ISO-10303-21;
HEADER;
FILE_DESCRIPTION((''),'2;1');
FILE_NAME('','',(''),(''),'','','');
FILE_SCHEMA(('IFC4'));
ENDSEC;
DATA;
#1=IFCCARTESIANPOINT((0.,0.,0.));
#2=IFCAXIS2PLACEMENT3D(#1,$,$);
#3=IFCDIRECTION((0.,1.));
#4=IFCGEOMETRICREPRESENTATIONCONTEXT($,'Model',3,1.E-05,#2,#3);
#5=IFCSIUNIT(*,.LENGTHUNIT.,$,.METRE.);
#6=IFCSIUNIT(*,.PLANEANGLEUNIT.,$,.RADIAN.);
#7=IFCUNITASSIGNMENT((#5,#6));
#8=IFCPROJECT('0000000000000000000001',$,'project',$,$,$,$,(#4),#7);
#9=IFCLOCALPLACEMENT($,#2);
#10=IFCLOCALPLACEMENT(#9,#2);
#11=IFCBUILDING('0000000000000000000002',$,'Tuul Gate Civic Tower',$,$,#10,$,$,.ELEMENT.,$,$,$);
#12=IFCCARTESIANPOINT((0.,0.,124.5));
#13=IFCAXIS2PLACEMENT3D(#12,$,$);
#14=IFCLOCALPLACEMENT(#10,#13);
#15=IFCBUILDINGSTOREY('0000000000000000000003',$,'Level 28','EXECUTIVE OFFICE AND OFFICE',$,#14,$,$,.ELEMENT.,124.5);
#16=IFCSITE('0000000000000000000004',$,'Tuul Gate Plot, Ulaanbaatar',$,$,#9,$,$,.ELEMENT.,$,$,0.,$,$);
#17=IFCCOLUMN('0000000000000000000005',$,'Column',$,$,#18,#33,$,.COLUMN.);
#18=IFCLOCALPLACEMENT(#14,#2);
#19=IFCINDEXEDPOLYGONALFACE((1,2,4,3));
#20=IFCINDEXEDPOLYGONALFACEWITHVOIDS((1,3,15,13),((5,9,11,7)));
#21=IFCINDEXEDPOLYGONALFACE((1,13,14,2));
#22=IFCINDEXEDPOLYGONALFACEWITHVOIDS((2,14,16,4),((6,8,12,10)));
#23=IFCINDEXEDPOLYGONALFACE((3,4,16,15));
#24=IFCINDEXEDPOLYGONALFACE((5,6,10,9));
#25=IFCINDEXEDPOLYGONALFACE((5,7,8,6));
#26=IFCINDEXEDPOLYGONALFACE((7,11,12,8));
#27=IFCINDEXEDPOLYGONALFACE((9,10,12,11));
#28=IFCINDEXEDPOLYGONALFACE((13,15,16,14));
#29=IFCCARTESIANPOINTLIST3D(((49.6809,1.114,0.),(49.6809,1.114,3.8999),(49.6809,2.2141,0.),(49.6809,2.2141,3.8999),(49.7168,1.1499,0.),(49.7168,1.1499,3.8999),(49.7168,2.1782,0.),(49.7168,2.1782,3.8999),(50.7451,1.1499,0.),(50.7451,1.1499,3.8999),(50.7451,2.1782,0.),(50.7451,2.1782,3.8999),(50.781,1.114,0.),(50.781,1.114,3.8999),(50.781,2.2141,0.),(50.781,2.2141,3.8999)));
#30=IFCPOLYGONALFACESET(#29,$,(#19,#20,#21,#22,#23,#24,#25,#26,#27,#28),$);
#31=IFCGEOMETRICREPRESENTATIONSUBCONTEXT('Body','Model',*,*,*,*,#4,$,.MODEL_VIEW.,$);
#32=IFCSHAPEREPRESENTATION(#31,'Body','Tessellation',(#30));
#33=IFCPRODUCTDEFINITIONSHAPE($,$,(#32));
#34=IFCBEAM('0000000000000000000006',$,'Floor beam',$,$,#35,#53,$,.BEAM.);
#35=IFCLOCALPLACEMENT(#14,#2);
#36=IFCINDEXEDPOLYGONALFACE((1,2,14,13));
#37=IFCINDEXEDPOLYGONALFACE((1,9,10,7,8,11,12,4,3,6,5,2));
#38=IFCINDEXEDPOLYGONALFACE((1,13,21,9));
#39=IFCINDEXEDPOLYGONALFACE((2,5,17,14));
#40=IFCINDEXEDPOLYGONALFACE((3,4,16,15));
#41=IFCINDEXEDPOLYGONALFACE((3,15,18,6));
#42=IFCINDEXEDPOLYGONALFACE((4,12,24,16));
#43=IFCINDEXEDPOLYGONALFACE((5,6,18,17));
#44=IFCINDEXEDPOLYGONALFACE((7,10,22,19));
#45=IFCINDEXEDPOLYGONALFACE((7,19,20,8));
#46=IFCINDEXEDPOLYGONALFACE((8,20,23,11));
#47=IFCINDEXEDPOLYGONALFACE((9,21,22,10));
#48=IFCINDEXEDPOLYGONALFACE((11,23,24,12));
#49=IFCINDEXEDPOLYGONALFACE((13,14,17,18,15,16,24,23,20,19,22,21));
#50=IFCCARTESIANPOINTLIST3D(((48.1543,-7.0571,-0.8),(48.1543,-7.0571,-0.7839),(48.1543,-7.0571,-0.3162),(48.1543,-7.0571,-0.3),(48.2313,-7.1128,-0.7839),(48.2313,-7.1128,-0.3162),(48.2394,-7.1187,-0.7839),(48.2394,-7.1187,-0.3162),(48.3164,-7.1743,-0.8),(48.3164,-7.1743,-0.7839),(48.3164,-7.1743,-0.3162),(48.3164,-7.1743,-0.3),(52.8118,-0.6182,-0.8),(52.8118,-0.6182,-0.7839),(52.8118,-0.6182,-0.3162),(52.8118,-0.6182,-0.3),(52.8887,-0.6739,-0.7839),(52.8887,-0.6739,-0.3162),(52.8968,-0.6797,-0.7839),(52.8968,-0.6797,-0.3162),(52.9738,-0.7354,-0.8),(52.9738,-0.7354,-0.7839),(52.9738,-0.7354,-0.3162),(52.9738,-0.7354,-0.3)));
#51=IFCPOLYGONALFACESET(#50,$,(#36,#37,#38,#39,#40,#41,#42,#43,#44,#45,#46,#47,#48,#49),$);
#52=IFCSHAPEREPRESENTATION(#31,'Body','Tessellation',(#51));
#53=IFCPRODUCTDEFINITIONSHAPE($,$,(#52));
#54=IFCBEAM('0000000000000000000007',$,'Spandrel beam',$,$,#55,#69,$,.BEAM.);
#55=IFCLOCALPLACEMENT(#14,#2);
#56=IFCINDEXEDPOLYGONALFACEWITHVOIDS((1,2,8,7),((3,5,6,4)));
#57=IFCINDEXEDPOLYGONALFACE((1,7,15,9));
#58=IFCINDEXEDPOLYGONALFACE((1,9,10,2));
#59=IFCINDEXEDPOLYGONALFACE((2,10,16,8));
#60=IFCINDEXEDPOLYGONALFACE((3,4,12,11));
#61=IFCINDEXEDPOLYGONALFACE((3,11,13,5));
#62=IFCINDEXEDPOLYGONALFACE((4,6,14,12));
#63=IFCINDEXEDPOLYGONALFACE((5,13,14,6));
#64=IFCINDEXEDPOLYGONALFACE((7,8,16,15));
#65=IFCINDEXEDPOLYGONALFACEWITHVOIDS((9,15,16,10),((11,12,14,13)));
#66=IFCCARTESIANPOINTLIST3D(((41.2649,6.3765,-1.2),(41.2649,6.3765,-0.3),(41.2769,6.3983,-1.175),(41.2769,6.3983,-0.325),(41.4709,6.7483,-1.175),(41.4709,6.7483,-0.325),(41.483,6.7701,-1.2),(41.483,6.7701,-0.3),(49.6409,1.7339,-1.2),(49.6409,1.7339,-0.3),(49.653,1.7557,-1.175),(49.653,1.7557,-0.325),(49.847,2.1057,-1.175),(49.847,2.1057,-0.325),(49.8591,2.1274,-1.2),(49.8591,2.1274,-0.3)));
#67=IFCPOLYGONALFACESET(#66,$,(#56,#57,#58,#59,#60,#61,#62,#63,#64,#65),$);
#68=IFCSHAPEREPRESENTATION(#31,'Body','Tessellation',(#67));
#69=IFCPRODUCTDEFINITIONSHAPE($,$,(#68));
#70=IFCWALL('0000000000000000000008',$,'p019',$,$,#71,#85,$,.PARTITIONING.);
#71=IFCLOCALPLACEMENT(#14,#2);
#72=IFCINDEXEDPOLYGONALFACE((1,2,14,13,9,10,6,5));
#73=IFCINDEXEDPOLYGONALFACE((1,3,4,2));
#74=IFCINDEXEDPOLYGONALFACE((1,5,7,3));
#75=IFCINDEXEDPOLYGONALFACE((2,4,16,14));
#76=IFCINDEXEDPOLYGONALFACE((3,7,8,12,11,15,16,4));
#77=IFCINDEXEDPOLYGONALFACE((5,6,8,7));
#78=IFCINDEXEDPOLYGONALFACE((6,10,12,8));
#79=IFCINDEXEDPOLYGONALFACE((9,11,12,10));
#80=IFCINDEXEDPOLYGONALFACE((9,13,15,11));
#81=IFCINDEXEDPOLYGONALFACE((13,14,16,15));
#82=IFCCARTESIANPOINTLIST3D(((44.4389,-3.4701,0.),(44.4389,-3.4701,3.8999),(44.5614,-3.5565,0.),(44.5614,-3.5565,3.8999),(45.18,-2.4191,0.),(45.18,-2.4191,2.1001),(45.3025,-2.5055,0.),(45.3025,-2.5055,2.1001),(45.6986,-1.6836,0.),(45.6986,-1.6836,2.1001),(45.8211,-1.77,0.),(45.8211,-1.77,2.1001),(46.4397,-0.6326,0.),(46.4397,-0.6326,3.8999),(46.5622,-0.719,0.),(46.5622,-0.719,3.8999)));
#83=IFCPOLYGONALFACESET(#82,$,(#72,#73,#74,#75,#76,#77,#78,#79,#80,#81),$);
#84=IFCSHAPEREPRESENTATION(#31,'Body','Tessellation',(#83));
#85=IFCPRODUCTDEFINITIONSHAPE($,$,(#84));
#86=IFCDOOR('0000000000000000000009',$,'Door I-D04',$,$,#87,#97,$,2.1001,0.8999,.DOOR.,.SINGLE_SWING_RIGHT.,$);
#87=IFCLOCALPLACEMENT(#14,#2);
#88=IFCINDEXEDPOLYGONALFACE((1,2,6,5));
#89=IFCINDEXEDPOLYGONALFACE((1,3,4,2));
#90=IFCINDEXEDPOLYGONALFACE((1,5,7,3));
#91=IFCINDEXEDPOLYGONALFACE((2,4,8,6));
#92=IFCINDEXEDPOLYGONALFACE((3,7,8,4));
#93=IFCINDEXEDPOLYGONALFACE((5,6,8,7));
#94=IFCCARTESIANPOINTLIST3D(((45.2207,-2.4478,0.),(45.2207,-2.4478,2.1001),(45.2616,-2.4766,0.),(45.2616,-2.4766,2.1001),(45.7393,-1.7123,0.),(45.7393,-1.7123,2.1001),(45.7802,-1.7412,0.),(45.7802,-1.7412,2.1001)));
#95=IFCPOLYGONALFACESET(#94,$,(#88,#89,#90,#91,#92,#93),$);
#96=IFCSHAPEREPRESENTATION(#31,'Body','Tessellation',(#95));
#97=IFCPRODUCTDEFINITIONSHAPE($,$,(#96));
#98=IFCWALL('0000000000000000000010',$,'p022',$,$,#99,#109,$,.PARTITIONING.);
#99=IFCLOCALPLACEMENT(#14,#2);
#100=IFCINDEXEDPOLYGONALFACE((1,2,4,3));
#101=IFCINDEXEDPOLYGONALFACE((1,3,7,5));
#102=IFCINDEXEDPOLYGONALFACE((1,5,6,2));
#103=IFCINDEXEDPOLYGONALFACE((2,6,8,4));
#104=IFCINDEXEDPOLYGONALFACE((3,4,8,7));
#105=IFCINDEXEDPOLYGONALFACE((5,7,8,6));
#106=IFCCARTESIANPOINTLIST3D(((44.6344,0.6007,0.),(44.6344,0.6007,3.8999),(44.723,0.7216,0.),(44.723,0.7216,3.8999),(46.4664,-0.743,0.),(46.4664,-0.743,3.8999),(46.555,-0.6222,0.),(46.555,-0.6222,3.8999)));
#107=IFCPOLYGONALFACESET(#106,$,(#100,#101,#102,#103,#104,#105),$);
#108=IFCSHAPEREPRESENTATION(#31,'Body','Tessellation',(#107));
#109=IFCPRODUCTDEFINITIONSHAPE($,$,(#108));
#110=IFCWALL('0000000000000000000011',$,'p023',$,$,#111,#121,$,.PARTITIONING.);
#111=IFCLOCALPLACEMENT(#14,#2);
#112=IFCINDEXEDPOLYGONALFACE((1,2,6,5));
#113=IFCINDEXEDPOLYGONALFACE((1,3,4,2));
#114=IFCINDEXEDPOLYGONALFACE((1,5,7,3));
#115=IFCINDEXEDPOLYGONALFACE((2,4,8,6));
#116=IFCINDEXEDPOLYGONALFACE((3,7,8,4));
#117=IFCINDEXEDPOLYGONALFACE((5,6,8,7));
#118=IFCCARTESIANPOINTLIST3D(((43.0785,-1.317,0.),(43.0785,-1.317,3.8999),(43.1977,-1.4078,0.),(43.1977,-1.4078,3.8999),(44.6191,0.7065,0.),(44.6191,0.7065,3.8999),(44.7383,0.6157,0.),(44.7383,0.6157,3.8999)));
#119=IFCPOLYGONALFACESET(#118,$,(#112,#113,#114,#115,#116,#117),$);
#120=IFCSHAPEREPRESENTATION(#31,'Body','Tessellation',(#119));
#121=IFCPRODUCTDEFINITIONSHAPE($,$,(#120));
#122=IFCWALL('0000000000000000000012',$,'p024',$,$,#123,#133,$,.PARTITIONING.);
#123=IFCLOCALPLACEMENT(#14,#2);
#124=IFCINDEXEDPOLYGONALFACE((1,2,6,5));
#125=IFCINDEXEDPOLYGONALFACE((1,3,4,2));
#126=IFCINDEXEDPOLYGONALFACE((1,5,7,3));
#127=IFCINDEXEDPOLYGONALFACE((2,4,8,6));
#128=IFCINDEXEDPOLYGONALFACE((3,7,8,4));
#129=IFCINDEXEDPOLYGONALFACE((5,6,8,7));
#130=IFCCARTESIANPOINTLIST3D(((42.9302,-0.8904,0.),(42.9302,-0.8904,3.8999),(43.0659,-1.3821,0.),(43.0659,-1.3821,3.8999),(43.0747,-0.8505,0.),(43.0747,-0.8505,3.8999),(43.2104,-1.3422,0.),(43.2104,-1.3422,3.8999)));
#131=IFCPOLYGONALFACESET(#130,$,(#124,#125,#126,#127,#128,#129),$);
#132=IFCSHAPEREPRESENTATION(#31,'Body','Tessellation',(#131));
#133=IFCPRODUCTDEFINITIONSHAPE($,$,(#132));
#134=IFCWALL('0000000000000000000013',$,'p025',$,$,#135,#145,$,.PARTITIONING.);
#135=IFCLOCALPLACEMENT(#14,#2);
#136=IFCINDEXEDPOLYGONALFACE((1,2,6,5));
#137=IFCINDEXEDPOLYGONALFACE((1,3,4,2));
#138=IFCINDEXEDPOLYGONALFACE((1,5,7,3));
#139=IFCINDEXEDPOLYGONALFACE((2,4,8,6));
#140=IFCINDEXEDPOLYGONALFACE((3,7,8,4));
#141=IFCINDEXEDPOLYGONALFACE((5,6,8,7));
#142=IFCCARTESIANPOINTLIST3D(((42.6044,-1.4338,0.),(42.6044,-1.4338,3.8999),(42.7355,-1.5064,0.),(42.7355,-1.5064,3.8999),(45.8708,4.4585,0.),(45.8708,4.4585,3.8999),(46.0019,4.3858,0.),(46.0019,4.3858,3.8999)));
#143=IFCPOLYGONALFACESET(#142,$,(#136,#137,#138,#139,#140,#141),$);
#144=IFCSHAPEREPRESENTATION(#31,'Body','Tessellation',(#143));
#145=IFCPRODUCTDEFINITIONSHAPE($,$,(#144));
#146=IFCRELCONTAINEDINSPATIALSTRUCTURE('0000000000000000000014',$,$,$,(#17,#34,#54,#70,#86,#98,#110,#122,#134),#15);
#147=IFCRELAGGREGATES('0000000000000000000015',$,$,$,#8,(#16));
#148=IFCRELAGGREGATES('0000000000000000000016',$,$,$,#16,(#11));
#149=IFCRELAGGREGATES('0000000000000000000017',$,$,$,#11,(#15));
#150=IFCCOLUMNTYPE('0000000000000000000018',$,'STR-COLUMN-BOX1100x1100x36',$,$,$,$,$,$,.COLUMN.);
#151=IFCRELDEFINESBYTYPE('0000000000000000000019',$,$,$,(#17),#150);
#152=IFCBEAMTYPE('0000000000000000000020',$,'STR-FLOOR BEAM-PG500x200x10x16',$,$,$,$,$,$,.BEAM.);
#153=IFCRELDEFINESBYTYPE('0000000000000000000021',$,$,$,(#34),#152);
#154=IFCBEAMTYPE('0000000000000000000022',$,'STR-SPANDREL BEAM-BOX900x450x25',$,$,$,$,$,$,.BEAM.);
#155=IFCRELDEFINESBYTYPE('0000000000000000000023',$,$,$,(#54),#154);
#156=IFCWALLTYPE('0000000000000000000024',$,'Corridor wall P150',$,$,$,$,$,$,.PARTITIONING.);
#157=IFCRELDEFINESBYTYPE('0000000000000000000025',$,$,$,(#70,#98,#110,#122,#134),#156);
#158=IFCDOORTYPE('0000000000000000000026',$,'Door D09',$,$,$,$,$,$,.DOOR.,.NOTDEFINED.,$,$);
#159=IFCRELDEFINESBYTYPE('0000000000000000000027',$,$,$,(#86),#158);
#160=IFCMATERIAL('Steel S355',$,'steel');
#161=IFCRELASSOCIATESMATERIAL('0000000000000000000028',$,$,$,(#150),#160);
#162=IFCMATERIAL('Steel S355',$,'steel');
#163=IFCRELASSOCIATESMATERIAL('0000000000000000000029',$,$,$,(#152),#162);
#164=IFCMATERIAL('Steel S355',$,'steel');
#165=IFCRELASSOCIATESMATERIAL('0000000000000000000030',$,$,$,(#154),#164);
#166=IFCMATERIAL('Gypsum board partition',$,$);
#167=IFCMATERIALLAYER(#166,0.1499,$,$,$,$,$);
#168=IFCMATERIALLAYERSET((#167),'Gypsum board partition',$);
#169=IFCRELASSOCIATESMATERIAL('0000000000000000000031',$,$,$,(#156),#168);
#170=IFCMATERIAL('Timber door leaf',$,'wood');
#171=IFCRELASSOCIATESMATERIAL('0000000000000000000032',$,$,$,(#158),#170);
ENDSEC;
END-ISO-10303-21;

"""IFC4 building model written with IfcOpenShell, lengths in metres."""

from ifc_helpers import new_model, si_unit, direction, frame, frame_2d, origin, origin_2d, place, context, subcontext, project, spatial, rectangle, hollow_rectangle, i_section, extrude, material, layer, layer_set, material_profile, profile_set, type_object, element, fill, save


model = new_model("IFC4")

# Units and contexts
model_context = context("Model", 3, precision=1e-05, world=origin(), true_north=direction((0.0, 1.0)))
body_context = subcontext(model_context, "Body", "Model", "MODEL_VIEW")
ifc_project = project(units=[si_unit("LENGTHUNIT", "METRE"), si_unit("PLANEANGLEUNIT", "RADIAN")], contexts=[model_context])

# Site, building, storey
site_placement = place(None, origin())
site = spatial("IfcSite", under=ifc_project, at=site_placement, Name="Tuul Gate Plot, Ulaanbaatar", CompositionType="ELEMENT", RefElevation=0.0)
building_placement = place(site_placement, origin())
building = spatial("IfcBuilding", under=site, at=building_placement, Name="Tuul Gate Civic Tower", CompositionType="ELEMENT")
storey_placement = place(building_placement, frame((0.0, 0.0, 124.5)))
storey = spatial("IfcBuildingStorey", under=building, at=storey_placement, Name="Level 28", Description="EXECUTIVE OFFICE AND OFFICE", CompositionType="ELEMENT", Elevation=124.5)

# Column
ifc_material_1 = material(Name="Steel S355", Category="steel")
ifc_material_profile_1 = material_profile(ifc_material_1, hollow_rectangle(XDim=1.1001, YDim=1.1001, WallThickness=0.0359, at=origin_2d()), Name="BOX1100x1100x36")
ifc_profile_set_1 = profile_set([ifc_material_profile_1], Name="Steel S355")
column_type = type_object("IfcColumnType", Name="STR-COLUMN-BOX1100x1100x36", PredefinedType="COLUMN", material=ifc_profile_set_1)
column_placement = place(storey_placement, frame((50.231, 1.6641, 0.0), z_axis=(0.0, 0.0, 1.0), x_axis=(1.0, 0.0, 0.0)))
element("IfcColumn", 1, at=column_placement, inside=storey, type_object=column_type, Name="Column", PredefinedType="COLUMN", context=body_context, shape_type="SweptSolid", body=[
    extrude(hollow_rectangle(XDim=1.1001, YDim=1.1001, WallThickness=0.0359, at=origin_2d()), origin(), (0.0, 0.0, 1.0), 3.8999),
])

# Beams
ifc_material_2 = material(Name="Steel S355", Category="steel")
ifc_material_profile_2 = material_profile(ifc_material_2, i_section(OverallWidth=0.2, OverallDepth=0.5, WebThickness=0.01, FlangeThickness=0.0161, at=origin_2d()), Name="PG500x200x10x16")
ifc_profile_set_2 = profile_set([ifc_material_profile_2], Name="Steel S355")
beam_type_1 = type_object("IfcBeamType", Name="STR-FLOOR BEAM-PG500x200x10x16", PredefinedType="BEAM", material=ifc_profile_set_2)
beam_1_placement = place(storey_placement, frame((48.2354, -7.1157, -0.55), z_axis=(0.586078, 0.810255, 0.0), x_axis=(-0.810255, 0.586078, 0.0)))
element("IfcBeam", 2, at=beam_1_placement, inside=storey, type_object=beam_type_1, Name="Floor beam", PredefinedType="BEAM", context=body_context, shape_type="SweptSolid", body=[
    extrude(i_section(OverallWidth=0.2, OverallDepth=0.5, WebThickness=0.01, FlangeThickness=0.0161, at=origin_2d()), origin(), (0.0, 0.0, 1.0), 7.9468),
])
ifc_material_3 = material(Name="Steel S355", Category="steel")
ifc_material_profile_3 = material_profile(ifc_material_3, hollow_rectangle(XDim=0.45, YDim=0.8999, WallThickness=0.0249, at=origin_2d()), Name="BOX900x450x25")
ifc_profile_set_3 = profile_set([ifc_material_profile_3], Name="Steel S355")
beam_type_2 = type_object("IfcBeamType", Name="STR-SPANDREL BEAM-BOX900x450x25", PredefinedType="BEAM", material=ifc_profile_set_3)
beam_2_placement = place(storey_placement, frame((49.75, 1.9307, -0.75), z_axis=(-0.874633, 0.484786, 0.0), x_axis=(-0.484786, -0.874633, 0.0)))
element("IfcBeam", 3, at=beam_2_placement, inside=storey, type_object=beam_type_2, Name="Spandrel beam", PredefinedType="BEAM", context=body_context, shape_type="SweptSolid", body=[
    extrude(hollow_rectangle(XDim=0.45, YDim=0.8999, WallThickness=0.0249, at=origin_2d()), origin(), (0.0, 0.0, 1.0), 9.5767),
])

# Wall, opening, door
ifc_material_4 = material(Name="Gypsum board partition")
ifc_layer_1 = layer(ifc_material_4, 0.1499)
ifc_layer_set_1 = layer_set([ifc_layer_1], Name="Gypsum board partition")
wall_type_1 = type_object("IfcWallType", Name="Corridor wall P150", PredefinedType="PARTITIONING", material=ifc_layer_set_1)
wall_1_placement = place(storey_placement, frame((44.5002, -3.5132, 0.0), z_axis=(0.0, 0.0, 1.0), x_axis=(0.576272, 0.817258, 0.0)))
wall_1 = element("IfcWall", 4, at=wall_1_placement, inside=storey, type_object=wall_type_1, Name="p019", PredefinedType="PARTITIONING", context=body_context, shape_type="SweptSolid", body=[
    extrude(rectangle(XDim=3.4719, YDim=0.1499, at=frame_2d((1.7358, 0.0))), origin(), (0.0, 0.0, 1.0), 3.8999),
])
opening_1_placement = place(wall_1_placement, frame((1.2859, 0.0, 0.0)))
opening_1 = element("IfcOpeningElement", 5, at=opening_1_placement, cuts=wall_1, PredefinedType="OPENING", context=body_context, shape_type="SweptSolid", body=[
    extrude(rectangle(XDim=0.8999, YDim=2.1001, at=frame_2d((0.45, 1.05))), frame((0.0, 0.085, 0.0), z_axis=(0.0, -1.0, 0.0), x_axis=(1.0, 0.0, 0.0)), (0.0, 0.0, 1.0), 0.1699),
])
ifc_material_5 = material(Name="Timber door leaf", Category="wood")
door_type = type_object("IfcDoorType", Name="Door D09", OperationType="NOTDEFINED", PredefinedType="DOOR", material=ifc_material_5)
door_1_placement = place(opening_1_placement, frame((0.8999, 0.0, 0.0), z_axis=(0.0, 0.0, 1.0), x_axis=(-1.0, 0.0, 0.0)))
door_1 = element("IfcDoor", 6, at=door_1_placement, inside=storey, type_object=door_type, Name="Door I-D04", OperationType="SINGLE_SWING_RIGHT", OverallHeight=2.1001, OverallWidth=0.8999, PredefinedType="DOOR", context=body_context, shape_type="SweptSolid", body=[
    extrude(rectangle(XDim=0.8999, YDim=2.1001, at=frame_2d((0.45, 1.05))), frame((0.0, 0.0249, 0.0), z_axis=(0.0, -1.0, 0.0), x_axis=(1.0, 0.0, 0.0)), (0.0, 0.0, 1.0), 0.05),
])
fill(opening_1, door_1)

# Walls
wall_2_placement = place(storey_placement, frame((44.6787, 0.6611, 0.0), z_axis=(0.0, 0.0, 1.0), x_axis=(0.80635, -0.591438, 0.0)))
element("IfcWall", 7, at=wall_2_placement, inside=storey, type_object=wall_type_1, Name="p022", PredefinedType="PARTITIONING", context=body_context, shape_type="SweptSolid", body=[
    extrude(rectangle(XDim=2.272, YDim=0.1499, at=frame_2d((1.136, 0.0))), origin(), (0.0, 0.0, 1.0), 3.8999),
])
wall_3_placement = place(storey_placement, frame((43.1382, -1.3623, 0.0), z_axis=(0.0, 0.0, 1.0), x_axis=(0.60576, 0.795648, 0.0)))
element("IfcWall", 8, at=wall_3_placement, inside=storey, type_object=wall_type_1, Name="p023", PredefinedType="PARTITIONING", context=body_context, shape_type="SweptSolid", body=[
    extrude(rectangle(XDim=2.5432, YDim=0.1499, at=frame_2d((1.2715, 0.0))), origin(), (0.0, 0.0, 1.0), 3.8999),
])
wall_4_placement = place(storey_placement, frame((43.0024, -0.8706, 0.0), z_axis=(0.0, 0.0, 1.0), x_axis=(0.266113, -0.963942, 0.0)))
element("IfcWall", 9, at=wall_4_placement, inside=storey, type_object=wall_type_1, Name="p024", PredefinedType="PARTITIONING", context=body_context, shape_type="SweptSolid", body=[
    extrude(rectangle(XDim=0.51, YDim=0.1499, at=frame_2d((0.2549, 0.0))), origin(), (0.0, 0.0, 1.0), 3.8999),
])
wall_5_placement = place(storey_placement, frame((42.6699, -1.4702, 0.0), z_axis=(0.0, 0.0, 1.0), x_axis=(0.48483, 0.874608, 0.0)))
element("IfcWall", 10, at=wall_5_placement, inside=storey, type_object=wall_type_1, Name="p025", PredefinedType="PARTITIONING", context=body_context, shape_type="SweptSolid", body=[
    extrude(rectangle(XDim=6.7371, YDim=0.1499, at=frame_2d((3.3687, 0.0))), origin(), (0.0, 0.0, 1.0), 3.8999),
])

save(model, "model.ifc")
